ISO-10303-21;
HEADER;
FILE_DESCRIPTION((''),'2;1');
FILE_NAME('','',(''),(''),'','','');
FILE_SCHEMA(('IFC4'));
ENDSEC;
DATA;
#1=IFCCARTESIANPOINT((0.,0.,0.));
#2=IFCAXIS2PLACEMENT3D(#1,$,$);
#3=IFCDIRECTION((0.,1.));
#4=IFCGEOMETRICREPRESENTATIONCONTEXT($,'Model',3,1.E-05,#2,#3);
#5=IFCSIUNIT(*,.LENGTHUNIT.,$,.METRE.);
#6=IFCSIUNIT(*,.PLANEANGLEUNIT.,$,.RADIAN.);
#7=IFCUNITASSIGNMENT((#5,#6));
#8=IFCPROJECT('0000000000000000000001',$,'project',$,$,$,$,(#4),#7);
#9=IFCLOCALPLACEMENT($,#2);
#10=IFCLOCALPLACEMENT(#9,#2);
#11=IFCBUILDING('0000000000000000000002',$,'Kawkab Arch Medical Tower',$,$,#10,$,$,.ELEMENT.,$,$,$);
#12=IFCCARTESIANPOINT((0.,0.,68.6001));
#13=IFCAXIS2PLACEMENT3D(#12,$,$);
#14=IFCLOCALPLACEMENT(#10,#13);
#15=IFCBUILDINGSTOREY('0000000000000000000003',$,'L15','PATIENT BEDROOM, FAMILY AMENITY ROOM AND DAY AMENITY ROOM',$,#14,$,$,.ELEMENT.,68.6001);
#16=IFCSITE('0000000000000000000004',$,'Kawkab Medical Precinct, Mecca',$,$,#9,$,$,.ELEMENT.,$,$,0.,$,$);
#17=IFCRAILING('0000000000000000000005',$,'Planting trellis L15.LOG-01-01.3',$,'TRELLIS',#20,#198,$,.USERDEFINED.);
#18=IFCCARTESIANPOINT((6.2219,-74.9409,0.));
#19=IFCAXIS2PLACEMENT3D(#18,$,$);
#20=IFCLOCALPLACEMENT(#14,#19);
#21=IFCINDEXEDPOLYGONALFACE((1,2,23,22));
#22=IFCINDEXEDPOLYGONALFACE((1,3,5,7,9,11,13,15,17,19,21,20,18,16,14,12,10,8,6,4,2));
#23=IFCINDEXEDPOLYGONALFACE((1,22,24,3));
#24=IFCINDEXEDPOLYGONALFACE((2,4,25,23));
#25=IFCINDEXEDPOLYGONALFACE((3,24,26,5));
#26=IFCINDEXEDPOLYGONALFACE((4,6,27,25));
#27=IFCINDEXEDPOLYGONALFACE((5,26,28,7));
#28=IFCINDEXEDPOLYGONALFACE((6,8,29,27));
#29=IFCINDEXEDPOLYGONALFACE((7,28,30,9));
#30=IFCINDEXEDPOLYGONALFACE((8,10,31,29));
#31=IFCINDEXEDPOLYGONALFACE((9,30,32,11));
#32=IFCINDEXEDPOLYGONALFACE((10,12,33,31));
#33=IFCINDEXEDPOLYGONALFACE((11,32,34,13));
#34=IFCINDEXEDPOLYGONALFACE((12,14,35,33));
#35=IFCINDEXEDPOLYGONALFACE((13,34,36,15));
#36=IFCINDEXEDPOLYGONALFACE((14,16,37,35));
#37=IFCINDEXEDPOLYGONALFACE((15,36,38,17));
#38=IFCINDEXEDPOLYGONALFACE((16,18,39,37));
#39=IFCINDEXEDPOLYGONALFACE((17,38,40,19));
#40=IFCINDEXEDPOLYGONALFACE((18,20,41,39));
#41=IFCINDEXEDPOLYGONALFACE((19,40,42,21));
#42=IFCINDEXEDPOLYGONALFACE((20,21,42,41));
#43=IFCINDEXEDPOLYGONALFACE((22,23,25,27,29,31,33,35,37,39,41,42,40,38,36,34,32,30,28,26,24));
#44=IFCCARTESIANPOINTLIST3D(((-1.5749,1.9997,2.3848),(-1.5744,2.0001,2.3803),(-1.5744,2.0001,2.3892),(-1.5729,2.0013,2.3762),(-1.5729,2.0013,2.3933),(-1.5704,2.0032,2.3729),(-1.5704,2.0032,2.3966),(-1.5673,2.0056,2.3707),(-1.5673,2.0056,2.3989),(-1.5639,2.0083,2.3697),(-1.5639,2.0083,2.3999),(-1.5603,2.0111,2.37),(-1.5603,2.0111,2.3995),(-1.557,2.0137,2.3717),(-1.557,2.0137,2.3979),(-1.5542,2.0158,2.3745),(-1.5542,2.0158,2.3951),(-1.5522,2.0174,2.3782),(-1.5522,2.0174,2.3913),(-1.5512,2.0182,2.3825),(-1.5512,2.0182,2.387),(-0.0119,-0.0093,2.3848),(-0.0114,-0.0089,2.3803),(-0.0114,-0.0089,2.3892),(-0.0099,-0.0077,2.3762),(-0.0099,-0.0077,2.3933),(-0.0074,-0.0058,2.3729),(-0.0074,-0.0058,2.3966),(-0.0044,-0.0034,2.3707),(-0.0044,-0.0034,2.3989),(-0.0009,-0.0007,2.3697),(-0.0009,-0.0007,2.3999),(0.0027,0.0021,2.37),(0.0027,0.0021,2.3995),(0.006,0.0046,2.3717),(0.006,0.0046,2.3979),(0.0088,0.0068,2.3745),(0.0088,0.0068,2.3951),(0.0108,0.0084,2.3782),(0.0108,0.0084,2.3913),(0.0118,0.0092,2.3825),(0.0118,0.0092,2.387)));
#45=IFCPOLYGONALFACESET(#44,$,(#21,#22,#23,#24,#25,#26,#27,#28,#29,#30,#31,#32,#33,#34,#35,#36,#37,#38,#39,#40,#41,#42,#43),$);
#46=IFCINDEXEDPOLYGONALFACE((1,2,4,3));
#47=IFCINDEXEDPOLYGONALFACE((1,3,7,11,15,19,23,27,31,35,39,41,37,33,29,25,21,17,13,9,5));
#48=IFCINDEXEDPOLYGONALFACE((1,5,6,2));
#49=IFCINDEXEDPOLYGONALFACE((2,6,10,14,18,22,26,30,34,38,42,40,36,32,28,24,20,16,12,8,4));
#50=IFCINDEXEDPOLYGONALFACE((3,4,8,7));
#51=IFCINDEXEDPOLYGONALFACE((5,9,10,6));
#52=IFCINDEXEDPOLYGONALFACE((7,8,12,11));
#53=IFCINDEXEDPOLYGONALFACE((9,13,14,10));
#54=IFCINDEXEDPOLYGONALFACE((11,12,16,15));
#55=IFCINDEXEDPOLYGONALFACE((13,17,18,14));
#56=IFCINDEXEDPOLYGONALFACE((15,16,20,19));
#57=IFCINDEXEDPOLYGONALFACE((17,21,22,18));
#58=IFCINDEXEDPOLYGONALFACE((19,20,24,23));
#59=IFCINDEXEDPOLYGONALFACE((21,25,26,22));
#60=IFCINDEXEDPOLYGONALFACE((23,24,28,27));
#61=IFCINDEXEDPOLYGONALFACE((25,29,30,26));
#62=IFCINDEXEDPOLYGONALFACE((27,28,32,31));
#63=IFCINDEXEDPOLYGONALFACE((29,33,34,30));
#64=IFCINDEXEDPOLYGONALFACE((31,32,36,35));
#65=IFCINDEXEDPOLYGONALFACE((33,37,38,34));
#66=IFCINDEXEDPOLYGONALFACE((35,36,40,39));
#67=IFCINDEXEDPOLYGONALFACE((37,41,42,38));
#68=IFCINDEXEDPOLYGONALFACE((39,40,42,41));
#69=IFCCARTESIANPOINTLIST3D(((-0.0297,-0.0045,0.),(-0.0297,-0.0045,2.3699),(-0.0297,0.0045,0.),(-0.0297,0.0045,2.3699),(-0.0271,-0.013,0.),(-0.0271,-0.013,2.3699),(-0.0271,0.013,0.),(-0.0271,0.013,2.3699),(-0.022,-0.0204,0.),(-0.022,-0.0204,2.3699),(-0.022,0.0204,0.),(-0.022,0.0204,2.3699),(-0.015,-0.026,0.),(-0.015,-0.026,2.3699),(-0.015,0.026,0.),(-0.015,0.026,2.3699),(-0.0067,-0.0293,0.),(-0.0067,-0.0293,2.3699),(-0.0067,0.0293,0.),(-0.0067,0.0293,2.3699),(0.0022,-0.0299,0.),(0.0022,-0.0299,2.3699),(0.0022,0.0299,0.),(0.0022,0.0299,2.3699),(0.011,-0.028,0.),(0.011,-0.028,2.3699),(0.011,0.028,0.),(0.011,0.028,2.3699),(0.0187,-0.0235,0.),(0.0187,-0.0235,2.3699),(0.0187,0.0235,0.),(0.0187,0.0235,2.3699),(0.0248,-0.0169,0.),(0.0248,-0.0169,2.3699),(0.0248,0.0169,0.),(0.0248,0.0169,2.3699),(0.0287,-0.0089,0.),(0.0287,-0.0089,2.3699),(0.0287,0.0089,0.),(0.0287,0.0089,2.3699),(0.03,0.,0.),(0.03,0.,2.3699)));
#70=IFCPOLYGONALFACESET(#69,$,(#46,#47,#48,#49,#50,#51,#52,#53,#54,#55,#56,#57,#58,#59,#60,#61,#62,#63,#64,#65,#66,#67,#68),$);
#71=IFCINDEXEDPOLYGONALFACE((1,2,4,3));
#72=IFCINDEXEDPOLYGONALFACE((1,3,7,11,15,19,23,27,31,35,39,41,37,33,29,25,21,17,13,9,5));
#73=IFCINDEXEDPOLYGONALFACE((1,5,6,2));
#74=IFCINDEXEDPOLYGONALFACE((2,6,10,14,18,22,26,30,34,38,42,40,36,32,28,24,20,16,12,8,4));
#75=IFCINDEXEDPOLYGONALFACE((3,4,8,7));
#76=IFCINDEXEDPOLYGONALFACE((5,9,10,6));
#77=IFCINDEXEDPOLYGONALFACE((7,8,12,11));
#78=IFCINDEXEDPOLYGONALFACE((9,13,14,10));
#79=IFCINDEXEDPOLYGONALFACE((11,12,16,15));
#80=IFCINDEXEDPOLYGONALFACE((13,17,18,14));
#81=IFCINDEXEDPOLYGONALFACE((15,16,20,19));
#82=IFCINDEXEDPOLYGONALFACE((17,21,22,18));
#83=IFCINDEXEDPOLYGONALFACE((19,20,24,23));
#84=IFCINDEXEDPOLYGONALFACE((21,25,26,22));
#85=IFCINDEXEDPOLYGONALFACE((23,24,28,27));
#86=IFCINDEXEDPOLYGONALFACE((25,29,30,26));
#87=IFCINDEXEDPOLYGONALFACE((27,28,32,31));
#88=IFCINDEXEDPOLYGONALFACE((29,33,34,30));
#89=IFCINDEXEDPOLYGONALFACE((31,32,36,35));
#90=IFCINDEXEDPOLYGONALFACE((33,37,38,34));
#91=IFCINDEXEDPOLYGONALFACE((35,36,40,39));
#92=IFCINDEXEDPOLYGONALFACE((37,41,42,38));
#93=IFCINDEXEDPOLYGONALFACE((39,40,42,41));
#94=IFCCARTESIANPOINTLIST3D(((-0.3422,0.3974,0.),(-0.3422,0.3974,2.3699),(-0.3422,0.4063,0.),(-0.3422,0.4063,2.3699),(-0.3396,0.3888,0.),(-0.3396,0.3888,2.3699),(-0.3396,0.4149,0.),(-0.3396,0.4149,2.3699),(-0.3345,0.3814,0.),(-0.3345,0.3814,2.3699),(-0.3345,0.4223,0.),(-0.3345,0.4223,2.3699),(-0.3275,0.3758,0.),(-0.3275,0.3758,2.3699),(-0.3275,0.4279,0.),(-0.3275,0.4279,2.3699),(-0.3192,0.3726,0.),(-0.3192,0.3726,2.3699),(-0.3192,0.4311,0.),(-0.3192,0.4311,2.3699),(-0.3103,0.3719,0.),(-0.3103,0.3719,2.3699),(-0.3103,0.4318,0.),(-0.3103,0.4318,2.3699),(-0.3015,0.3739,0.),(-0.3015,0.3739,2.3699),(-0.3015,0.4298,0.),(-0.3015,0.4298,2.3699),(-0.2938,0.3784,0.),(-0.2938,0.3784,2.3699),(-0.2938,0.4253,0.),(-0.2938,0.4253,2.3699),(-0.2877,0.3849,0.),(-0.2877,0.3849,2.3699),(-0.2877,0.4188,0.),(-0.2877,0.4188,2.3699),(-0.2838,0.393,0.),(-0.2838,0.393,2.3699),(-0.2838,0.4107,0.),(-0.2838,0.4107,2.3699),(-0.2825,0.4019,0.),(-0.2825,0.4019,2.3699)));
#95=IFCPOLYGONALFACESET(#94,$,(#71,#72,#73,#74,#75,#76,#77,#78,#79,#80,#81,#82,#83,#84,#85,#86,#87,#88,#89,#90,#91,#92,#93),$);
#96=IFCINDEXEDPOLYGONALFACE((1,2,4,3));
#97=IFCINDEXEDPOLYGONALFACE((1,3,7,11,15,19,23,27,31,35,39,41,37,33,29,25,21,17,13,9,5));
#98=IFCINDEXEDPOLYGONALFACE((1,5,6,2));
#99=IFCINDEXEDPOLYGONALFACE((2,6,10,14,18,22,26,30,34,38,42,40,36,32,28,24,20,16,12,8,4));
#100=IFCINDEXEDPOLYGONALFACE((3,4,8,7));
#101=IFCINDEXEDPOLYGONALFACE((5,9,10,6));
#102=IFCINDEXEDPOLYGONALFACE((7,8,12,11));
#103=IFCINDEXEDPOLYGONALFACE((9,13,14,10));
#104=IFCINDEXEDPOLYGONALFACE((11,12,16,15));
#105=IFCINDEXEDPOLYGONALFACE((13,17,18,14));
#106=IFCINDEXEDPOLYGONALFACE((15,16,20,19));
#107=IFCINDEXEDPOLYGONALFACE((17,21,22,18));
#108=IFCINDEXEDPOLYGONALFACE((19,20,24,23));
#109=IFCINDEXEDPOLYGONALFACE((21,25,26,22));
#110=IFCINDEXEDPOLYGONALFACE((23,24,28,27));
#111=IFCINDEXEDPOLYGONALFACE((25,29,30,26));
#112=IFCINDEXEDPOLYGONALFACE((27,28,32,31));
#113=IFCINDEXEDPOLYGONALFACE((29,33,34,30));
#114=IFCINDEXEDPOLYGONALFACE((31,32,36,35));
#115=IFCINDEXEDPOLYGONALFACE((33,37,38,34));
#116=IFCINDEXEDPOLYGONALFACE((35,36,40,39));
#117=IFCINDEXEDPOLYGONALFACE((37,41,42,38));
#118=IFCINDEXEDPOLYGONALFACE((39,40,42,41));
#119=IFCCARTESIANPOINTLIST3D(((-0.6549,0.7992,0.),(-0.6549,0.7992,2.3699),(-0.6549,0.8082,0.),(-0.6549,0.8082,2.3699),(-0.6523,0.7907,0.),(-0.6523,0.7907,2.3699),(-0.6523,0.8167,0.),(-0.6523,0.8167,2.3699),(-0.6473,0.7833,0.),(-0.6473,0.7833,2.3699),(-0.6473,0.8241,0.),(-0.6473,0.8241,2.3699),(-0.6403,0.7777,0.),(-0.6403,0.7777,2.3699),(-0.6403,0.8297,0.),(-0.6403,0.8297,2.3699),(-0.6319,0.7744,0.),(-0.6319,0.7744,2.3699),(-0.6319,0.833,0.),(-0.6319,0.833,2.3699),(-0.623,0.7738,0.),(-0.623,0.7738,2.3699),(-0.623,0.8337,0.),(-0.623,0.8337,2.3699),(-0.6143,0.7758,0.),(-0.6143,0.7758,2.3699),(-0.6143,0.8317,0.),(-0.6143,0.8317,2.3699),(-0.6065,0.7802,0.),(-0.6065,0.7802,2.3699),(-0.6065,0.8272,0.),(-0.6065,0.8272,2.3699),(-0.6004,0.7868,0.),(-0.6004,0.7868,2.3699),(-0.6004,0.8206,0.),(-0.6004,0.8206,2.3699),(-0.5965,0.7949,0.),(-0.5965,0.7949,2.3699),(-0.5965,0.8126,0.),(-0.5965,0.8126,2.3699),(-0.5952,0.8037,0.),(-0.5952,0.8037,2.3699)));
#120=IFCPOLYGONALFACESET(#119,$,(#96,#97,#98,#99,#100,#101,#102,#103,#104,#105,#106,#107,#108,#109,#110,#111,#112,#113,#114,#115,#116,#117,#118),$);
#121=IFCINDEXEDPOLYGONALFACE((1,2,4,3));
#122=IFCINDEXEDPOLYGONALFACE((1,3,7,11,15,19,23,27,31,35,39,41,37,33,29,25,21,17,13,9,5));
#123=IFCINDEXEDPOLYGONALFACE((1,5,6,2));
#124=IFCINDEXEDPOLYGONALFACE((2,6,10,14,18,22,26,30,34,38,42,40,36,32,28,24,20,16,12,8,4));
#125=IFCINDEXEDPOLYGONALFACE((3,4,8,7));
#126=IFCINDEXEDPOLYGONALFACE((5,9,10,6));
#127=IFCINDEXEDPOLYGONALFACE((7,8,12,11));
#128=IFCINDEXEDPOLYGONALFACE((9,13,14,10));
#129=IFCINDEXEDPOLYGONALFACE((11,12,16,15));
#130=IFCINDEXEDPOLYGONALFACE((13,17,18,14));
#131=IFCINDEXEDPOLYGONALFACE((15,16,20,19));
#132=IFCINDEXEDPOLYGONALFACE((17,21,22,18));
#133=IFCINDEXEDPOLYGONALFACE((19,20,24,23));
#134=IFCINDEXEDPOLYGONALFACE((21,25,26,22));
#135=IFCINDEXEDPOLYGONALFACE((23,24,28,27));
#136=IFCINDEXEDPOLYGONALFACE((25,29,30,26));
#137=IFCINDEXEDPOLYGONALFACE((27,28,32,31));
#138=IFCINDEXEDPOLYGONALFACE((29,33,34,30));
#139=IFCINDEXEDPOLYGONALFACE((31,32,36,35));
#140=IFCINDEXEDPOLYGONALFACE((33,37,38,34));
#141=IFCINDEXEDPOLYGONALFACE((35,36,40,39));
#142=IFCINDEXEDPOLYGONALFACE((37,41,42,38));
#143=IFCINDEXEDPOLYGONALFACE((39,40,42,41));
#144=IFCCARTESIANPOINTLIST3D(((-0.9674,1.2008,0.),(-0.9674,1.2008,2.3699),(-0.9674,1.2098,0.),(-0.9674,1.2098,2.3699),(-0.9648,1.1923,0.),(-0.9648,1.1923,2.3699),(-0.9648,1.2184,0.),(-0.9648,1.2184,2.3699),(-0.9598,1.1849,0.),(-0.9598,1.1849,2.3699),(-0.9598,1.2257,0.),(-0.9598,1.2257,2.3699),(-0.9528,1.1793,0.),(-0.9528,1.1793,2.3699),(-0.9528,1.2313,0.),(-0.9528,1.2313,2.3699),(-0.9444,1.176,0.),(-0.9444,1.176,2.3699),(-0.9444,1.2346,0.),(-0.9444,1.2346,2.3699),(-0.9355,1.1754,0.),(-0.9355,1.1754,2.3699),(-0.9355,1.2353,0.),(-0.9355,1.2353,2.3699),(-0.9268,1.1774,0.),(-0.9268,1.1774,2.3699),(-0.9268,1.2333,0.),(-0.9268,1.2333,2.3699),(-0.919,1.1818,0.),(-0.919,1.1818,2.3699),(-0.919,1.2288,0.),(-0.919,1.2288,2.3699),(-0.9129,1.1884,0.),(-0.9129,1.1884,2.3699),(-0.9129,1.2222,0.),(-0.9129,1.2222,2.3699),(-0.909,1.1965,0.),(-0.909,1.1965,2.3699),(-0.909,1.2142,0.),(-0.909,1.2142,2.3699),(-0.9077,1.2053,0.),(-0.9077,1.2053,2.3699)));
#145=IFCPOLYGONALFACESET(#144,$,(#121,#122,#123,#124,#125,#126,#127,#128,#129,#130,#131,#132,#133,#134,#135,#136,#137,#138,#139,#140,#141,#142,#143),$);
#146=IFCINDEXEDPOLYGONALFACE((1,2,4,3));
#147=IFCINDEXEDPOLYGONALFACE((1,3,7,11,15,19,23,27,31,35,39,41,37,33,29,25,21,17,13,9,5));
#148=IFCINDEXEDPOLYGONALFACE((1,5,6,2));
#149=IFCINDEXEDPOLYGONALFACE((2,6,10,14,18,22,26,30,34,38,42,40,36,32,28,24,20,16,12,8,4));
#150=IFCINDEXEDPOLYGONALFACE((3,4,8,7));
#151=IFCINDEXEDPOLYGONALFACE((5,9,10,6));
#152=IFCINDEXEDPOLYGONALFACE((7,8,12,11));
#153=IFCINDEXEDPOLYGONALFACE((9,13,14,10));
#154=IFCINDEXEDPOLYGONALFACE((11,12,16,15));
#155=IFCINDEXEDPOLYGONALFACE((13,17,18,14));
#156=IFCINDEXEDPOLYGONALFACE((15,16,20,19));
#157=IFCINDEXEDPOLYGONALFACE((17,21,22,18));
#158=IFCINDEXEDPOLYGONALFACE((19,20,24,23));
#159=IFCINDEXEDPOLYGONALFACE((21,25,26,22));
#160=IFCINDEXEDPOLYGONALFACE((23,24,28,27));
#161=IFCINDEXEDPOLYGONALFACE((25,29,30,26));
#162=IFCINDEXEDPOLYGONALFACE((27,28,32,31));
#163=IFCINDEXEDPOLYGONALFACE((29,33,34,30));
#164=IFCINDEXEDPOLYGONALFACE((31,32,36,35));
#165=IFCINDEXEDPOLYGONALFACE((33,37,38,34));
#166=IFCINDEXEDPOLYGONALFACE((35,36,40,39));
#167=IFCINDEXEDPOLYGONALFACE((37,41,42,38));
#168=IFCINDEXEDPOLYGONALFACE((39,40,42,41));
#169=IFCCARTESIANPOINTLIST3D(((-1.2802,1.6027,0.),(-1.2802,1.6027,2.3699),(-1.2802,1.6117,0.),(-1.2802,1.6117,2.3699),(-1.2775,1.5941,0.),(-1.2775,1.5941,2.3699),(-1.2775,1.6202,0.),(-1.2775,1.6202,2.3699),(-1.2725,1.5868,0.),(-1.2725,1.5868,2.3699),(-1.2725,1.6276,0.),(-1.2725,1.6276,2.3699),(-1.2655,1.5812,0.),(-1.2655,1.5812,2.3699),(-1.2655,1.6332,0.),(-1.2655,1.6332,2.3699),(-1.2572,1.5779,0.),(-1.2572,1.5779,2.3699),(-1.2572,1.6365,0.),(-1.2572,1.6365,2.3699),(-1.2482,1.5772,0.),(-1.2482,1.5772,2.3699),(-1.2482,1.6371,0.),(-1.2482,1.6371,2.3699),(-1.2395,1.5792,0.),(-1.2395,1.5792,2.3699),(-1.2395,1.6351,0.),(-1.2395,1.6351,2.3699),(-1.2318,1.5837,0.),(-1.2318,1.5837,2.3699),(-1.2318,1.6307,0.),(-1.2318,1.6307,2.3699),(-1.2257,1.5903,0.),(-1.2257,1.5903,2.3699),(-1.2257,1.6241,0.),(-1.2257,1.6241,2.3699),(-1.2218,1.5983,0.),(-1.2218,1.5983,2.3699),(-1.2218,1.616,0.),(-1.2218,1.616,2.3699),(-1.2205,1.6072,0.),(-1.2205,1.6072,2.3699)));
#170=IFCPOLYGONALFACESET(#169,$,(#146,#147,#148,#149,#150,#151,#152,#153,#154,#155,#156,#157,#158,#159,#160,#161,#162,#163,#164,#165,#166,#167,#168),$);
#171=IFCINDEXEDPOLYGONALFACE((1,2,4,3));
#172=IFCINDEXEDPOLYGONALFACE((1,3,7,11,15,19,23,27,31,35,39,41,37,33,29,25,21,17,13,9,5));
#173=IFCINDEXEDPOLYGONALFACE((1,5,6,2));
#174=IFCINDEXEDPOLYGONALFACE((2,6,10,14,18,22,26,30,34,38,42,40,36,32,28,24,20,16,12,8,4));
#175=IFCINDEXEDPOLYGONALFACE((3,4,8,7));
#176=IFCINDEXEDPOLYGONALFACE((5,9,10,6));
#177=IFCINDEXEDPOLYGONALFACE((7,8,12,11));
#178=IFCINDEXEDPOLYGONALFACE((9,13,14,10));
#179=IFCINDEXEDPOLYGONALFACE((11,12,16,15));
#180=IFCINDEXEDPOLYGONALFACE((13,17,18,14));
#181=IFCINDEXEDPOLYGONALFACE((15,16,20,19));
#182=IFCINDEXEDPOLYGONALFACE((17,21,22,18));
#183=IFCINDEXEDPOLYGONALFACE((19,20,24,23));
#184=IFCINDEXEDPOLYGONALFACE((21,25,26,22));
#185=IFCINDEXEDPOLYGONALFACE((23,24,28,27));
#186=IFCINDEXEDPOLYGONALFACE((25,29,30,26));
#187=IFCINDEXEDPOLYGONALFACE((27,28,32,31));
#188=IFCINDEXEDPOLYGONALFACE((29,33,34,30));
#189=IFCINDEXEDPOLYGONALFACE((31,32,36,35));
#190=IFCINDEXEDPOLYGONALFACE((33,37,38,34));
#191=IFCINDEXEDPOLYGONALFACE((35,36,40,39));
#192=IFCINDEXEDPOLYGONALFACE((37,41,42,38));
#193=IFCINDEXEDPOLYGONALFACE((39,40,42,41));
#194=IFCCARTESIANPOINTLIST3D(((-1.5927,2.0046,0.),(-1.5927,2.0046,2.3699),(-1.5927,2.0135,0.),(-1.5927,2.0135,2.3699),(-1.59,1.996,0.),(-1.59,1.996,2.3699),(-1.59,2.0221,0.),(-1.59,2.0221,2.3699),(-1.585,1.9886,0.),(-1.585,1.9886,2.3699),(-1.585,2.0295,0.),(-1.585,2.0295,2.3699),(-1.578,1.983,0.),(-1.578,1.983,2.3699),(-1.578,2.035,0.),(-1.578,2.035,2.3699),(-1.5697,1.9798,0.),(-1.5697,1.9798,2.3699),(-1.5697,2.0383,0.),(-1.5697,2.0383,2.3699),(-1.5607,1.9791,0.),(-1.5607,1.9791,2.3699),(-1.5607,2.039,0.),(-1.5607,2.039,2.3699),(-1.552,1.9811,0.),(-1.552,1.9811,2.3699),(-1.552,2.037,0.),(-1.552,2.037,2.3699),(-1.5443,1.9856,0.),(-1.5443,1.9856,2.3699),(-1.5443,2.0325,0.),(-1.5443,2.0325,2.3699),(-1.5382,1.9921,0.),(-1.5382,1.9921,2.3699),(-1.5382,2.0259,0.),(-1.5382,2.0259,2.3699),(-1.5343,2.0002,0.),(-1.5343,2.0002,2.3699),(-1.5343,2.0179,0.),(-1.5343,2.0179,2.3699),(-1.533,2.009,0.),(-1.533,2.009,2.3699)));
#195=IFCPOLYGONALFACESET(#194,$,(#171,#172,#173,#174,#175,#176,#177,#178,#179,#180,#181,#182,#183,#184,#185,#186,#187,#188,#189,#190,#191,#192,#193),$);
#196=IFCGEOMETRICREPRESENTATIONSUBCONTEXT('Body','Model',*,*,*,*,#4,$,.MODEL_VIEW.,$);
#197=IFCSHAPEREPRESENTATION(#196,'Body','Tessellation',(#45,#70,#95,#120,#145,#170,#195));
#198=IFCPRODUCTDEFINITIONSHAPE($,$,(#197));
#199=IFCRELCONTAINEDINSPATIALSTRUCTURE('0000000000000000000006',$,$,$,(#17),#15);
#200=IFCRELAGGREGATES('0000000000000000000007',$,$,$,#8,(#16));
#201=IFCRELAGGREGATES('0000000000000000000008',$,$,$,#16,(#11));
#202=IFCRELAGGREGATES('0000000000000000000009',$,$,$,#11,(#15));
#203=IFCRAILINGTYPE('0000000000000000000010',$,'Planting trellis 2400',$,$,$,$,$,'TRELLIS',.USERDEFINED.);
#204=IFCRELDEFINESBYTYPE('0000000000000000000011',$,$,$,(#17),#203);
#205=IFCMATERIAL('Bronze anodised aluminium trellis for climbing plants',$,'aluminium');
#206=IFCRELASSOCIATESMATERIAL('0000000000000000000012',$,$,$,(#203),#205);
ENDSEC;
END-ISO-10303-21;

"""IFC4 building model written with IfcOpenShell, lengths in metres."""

from ifc_helpers import new_model, si_unit, direction, frame, origin, origin_2d, place, context, subcontext, project, spatial, circle, extrude, material, type_object, element, save


model = new_model("IFC4")

# Units and contexts
model_context = context("Model", 3, precision=1e-05, world=origin(), true_north=direction((0.0, 1.0)))
body_context = subcontext(model_context, "Body", "Model", "MODEL_VIEW")
ifc_project = project(units=[si_unit("LENGTHUNIT", "METRE"), si_unit("PLANEANGLEUNIT", "RADIAN")], contexts=[model_context])

# Site, building, storey
site_placement = place(None, origin())
site = spatial("IfcSite", under=ifc_project, at=site_placement, Name="Kawkab Medical Precinct, Mecca", CompositionType="ELEMENT", RefElevation=0.0)
building_placement = place(site_placement, origin())
building = spatial("IfcBuilding", under=site, at=building_placement, Name="Kawkab Arch Medical Tower", CompositionType="ELEMENT")
storey_placement = place(building_placement, frame((0.0, 0.0, 68.6001)))
storey = spatial("IfcBuildingStorey", under=building, at=storey_placement, Name="L15", Description="PATIENT BEDROOM, FAMILY AMENITY ROOM AND DAY AMENITY ROOM", CompositionType="ELEMENT", Elevation=68.6001)

# Railing
ifc_material_1 = material(Name="Bronze anodised aluminium trellis for climbing plants", Category="aluminium")
railing_type = type_object("IfcRailingType", Name="Planting trellis 2400", ElementType="TRELLIS", PredefinedType="USERDEFINED", material=ifc_material_1)
railing_1_placement = place(storey_placement, frame((6.2219, -74.9409, 0.0)))
element("IfcRailing", 1, at=railing_1_placement, inside=storey, type_object=railing_type, Name="Planting trellis L15.LOG-01-01.3", ObjectType="TRELLIS", PredefinedType="USERDEFINED", context=body_context, shape_type="SweptSolid", body=[
    extrude(circle(Radius=0.0151, at=origin_2d()), frame((0.0, 0.0, 2.3848), z_axis=(-0.61404, 0.789275, 0.0), x_axis=(-0.789275, -0.61404, 0.0)), (0.0, 0.0, 1.0), 2.5454),
    extrude(circle(Radius=0.03, at=origin_2d()), origin(), (0.0, 0.0, 1.0), 2.3699),
    extrude(circle(Radius=0.03, at=origin_2d()), frame((-0.3125, 0.4019, 0.0)), (0.0, 0.0, 1.0), 2.3699),
    extrude(circle(Radius=0.03, at=origin_2d()), frame((-0.6252, 0.8037, 0.0)), (0.0, 0.0, 1.0), 2.3699),
    extrude(circle(Radius=0.03, at=origin_2d()), frame((-0.9377, 1.2053, 0.0)), (0.0, 0.0, 1.0), 2.3699),
    extrude(circle(Radius=0.03, at=origin_2d()), frame((-1.2505, 1.6072, 0.0)), (0.0, 0.0, 1.0), 2.3699),
    extrude(circle(Radius=0.03, at=origin_2d()), frame((-1.563, 2.009, 0.0)), (0.0, 0.0, 1.0), 2.3699),
])

save(model, "model.ifc")
